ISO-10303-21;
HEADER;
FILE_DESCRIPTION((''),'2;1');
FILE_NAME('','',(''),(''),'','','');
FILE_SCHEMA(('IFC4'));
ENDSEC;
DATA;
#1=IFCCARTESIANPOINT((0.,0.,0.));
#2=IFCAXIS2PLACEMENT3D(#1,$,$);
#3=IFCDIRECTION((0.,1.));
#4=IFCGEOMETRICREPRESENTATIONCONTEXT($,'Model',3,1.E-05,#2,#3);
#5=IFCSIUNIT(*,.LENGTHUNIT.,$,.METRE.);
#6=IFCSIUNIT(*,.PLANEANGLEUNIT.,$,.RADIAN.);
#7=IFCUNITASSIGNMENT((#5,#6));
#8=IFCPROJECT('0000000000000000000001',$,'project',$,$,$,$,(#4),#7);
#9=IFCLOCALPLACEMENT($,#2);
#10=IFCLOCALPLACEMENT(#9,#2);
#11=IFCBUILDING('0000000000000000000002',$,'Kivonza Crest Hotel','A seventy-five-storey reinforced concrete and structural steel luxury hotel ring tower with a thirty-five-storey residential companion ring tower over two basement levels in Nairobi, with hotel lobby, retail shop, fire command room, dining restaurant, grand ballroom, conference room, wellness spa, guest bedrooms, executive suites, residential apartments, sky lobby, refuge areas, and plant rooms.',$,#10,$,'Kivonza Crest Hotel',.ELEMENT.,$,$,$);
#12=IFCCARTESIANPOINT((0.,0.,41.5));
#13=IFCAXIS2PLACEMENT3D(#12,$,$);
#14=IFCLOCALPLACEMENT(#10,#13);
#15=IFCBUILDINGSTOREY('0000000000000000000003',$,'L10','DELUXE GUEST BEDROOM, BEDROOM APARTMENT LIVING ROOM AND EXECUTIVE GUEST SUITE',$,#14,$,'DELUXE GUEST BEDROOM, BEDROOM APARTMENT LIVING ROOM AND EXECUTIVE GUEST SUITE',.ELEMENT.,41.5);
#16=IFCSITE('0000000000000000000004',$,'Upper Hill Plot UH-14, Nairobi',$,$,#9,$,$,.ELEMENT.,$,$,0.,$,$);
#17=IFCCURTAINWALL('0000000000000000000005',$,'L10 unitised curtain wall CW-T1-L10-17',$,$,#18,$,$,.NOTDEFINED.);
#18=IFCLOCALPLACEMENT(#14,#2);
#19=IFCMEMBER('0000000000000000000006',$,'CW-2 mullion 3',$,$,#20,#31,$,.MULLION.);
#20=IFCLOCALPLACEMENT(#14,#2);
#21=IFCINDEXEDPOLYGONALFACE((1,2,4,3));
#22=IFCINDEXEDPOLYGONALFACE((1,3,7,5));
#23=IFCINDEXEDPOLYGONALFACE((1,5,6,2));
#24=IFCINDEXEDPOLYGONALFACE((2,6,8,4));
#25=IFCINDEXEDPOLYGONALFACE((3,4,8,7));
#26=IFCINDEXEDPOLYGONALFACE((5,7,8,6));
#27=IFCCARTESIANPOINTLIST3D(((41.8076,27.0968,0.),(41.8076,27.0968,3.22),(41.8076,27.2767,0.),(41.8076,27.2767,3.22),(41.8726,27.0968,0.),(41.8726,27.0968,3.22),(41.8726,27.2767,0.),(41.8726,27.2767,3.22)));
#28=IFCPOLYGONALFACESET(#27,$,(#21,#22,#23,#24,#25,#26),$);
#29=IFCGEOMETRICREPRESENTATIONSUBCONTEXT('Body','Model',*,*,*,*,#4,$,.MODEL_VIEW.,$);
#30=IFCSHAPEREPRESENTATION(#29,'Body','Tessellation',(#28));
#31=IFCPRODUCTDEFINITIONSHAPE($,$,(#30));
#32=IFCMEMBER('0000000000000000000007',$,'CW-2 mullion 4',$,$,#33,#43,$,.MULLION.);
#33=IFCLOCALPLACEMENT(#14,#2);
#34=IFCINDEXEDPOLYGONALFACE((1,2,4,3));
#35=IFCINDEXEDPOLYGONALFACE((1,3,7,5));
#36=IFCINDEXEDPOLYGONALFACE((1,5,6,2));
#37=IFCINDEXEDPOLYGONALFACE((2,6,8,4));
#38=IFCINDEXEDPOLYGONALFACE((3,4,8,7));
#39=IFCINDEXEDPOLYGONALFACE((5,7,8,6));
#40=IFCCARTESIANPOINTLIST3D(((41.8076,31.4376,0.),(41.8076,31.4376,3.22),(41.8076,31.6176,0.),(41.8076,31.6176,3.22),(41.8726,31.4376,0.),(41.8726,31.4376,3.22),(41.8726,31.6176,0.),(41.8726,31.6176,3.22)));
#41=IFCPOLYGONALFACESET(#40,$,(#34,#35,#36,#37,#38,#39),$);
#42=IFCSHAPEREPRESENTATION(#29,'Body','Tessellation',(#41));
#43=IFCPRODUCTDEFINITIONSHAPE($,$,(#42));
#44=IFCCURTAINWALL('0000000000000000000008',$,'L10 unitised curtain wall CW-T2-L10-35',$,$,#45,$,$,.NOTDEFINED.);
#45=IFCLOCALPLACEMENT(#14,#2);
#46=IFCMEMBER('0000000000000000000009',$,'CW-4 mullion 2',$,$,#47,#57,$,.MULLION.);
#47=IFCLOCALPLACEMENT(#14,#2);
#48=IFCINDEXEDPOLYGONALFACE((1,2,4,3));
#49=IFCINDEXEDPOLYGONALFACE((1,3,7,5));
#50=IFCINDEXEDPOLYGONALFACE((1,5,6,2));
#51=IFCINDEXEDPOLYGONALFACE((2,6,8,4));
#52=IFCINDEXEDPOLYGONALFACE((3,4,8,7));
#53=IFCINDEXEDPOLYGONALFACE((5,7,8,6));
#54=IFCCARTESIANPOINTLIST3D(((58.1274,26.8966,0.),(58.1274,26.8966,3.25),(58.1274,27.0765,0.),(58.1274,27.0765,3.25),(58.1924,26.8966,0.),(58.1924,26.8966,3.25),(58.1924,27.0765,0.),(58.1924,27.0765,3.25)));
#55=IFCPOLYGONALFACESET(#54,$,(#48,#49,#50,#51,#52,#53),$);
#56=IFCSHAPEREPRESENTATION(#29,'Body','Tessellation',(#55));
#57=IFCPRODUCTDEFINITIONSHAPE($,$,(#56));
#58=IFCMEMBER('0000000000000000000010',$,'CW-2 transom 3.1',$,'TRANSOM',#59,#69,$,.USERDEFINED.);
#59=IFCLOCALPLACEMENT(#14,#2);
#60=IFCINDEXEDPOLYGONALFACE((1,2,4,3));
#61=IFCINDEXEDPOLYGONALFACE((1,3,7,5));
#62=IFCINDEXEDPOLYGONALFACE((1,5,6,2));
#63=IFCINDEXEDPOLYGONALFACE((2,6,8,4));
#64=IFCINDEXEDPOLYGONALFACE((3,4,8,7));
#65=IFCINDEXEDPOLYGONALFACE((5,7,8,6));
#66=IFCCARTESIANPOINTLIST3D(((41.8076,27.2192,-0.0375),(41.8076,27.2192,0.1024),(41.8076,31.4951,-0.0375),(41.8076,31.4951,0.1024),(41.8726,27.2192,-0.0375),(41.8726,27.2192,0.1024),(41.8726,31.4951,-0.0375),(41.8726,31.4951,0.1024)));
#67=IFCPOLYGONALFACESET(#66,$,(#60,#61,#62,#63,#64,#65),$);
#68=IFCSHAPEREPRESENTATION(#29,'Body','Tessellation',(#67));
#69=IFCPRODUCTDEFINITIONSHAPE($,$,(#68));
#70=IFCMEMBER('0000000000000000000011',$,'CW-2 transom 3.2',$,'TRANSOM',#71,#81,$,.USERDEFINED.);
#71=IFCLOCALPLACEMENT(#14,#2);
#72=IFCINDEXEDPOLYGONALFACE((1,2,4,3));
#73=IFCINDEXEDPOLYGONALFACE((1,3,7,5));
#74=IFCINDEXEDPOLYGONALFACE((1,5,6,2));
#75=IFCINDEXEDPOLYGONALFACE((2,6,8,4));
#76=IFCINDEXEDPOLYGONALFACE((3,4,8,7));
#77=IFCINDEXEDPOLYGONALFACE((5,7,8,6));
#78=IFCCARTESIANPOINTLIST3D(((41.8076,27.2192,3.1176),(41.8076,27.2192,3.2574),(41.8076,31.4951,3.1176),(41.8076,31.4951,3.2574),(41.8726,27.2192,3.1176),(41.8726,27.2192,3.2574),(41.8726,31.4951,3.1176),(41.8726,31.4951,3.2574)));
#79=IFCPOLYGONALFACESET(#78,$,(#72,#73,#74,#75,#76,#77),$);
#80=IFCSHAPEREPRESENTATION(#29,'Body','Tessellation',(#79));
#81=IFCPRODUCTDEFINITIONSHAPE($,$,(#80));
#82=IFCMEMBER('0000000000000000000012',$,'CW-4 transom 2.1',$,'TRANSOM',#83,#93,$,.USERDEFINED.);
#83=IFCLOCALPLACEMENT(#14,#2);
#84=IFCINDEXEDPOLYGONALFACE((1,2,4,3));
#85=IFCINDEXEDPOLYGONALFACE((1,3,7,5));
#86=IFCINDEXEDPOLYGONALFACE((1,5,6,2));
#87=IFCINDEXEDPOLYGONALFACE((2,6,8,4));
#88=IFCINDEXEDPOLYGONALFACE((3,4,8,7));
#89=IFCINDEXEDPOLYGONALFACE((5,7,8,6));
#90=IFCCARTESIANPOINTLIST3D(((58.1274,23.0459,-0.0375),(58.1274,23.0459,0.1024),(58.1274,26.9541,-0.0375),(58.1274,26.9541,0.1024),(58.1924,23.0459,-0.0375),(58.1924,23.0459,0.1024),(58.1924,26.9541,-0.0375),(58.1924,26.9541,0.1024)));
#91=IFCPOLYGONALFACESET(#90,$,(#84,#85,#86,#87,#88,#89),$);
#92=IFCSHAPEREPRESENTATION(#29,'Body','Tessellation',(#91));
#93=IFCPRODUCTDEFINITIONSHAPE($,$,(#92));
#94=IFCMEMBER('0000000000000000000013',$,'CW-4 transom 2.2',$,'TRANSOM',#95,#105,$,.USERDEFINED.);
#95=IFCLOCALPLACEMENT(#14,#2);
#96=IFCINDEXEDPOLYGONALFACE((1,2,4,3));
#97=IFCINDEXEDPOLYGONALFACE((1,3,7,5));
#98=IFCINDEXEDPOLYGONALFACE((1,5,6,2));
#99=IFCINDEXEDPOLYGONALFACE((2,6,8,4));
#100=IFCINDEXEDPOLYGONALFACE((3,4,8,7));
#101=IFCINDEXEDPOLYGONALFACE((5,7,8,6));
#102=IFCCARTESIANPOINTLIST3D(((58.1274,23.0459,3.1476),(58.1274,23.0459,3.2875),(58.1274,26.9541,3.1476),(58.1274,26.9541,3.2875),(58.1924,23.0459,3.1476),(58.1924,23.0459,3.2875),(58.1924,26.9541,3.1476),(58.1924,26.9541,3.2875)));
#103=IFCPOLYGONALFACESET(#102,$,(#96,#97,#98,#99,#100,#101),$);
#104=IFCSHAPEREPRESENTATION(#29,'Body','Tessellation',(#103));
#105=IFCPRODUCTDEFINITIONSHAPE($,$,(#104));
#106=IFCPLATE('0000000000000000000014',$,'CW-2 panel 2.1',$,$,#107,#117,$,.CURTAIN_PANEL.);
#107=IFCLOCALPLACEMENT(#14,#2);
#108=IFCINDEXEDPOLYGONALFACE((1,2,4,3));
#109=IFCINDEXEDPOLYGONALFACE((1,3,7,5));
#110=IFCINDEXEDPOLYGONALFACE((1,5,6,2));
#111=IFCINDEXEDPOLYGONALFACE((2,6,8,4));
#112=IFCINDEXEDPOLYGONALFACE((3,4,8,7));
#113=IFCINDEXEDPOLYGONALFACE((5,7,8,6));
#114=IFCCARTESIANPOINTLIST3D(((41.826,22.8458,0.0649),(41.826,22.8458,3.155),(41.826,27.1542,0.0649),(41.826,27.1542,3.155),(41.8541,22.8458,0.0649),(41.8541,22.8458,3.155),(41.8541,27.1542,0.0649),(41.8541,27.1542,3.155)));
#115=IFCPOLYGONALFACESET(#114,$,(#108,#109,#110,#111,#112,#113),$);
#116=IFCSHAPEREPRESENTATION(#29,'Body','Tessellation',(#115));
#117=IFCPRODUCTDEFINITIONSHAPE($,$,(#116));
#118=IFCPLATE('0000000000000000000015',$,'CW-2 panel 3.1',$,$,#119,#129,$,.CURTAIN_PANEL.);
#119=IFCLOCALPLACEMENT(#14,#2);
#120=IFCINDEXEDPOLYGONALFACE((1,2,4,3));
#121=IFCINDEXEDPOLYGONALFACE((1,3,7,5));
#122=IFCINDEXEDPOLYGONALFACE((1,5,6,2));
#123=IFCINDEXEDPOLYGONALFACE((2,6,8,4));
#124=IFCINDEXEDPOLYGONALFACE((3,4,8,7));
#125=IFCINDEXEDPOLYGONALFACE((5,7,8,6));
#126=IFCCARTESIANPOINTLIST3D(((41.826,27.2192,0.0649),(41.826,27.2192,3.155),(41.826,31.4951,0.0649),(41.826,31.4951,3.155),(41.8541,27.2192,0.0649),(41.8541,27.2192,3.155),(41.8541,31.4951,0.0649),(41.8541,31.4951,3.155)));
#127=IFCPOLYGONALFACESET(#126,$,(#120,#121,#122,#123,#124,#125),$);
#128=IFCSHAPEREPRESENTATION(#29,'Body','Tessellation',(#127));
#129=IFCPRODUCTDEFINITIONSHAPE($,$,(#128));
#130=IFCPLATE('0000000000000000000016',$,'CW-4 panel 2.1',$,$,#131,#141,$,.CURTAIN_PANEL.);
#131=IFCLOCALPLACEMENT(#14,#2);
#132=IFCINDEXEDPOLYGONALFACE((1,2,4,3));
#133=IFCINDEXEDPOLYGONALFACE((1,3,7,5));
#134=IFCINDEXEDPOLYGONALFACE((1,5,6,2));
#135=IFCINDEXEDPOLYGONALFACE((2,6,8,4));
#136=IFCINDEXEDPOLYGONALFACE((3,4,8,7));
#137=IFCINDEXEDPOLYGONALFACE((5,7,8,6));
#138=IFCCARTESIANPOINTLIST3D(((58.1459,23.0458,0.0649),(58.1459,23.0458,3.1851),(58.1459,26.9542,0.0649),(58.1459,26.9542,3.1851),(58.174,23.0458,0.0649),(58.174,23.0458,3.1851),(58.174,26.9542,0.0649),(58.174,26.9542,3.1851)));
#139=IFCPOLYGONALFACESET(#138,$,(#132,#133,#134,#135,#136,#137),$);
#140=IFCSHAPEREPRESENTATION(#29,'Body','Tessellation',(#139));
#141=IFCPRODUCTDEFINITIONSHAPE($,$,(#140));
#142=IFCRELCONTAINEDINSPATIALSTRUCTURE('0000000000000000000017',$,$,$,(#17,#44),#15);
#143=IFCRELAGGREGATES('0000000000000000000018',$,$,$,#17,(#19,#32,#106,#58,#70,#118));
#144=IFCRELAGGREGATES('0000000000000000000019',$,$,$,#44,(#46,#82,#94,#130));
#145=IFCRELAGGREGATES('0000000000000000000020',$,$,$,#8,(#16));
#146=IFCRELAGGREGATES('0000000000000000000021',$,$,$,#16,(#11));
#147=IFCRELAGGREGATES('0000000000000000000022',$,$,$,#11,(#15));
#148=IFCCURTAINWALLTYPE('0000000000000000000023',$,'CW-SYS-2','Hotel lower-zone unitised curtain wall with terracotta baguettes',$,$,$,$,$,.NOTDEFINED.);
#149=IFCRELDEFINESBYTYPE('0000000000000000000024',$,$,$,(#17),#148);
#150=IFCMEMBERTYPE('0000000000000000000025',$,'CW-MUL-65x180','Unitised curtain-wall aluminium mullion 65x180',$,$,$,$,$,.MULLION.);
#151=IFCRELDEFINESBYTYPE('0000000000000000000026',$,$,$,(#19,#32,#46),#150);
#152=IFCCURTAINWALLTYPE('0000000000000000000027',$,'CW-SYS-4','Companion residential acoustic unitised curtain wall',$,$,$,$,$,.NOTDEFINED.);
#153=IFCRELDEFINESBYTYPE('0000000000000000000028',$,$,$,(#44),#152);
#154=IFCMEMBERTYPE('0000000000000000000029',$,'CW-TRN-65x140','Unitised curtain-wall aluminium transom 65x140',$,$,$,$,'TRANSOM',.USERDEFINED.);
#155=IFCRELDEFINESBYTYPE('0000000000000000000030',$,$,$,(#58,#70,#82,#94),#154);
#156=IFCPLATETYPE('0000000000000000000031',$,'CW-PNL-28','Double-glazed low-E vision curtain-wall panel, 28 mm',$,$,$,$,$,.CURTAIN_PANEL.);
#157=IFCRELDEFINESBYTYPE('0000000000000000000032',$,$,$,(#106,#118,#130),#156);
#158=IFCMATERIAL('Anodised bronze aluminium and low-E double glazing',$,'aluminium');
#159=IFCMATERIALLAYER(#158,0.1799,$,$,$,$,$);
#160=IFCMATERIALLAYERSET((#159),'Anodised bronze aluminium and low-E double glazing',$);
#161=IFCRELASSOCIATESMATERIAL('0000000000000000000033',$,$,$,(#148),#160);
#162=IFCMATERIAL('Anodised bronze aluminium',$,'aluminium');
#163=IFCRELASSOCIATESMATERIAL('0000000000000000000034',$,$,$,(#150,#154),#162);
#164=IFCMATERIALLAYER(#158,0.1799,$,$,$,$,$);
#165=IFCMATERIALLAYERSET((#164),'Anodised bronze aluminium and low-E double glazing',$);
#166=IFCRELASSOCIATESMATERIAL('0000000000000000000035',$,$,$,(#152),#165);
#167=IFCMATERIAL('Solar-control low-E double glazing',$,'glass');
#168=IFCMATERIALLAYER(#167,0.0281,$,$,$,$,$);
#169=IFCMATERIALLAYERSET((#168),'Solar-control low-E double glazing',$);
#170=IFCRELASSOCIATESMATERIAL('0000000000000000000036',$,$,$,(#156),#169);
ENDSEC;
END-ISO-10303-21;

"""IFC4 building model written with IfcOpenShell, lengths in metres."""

from ifc_helpers import new_model, si_unit, direction, frame, origin, origin_2d, place, context, subcontext, project, spatial, rectangle, extrude, material, layer, layer_set, material_profile, profile_set, type_object, element, aggregate, save


model = new_model("IFC4")

# Units and contexts
model_context = context("Model", 3, precision=1e-05, world=origin(), true_north=direction((0.0, 1.0)))
body_context = subcontext(model_context, "Body", "Model", "MODEL_VIEW")
ifc_project = project(units=[si_unit("LENGTHUNIT", "METRE"), si_unit("PLANEANGLEUNIT", "RADIAN")], contexts=[model_context])

# Site, building, storey
site_placement = place(None, origin())
site = spatial("IfcSite", under=ifc_project, at=site_placement, Name="Upper Hill Plot UH-14, Nairobi", CompositionType="ELEMENT", RefElevation=0.0)
building_placement = place(site_placement, origin())
building = spatial("IfcBuilding", under=site, at=building_placement, Name="Kivonza Crest Hotel", Description="A seventy-five-storey reinforced concrete and structural steel luxury hotel ring tower with a thirty-five-storey residential companion ring tower over two basement levels in Nairobi, with hotel lobby, retail shop, fire command room, dining restaurant, grand ballroom, conference room, wellness spa, guest bedrooms, executive suites, residential apartments, sky lobby, refuge areas, and plant rooms.", LongName="Kivonza Crest Hotel", CompositionType="ELEMENT")
storey_placement = place(building_placement, frame((0.0, 0.0, 41.5)))
storey = spatial("IfcBuildingStorey", under=building, at=storey_placement, Name="L10", Description="DELUXE GUEST BEDROOM, BEDROOM APARTMENT LIVING ROOM AND EXECUTIVE GUEST SUITE", LongName="DELUXE GUEST BEDROOM, BEDROOM APARTMENT LIVING ROOM AND EXECUTIVE GUEST SUITE", CompositionType="ELEMENT", Elevation=41.5)

# Curtain wall, members
ifc_material_1 = material(Name="Anodised bronze aluminium and low-E double glazing", Category="aluminium")
ifc_layer_1 = layer(ifc_material_1, 0.1799)
ifc_layer_set_1 = layer_set([ifc_layer_1], Name="Anodised bronze aluminium and low-E double glazing")
curtain_wall_type_1 = type_object("IfcCurtainWallType", Name="CW-SYS-2", Description="Hotel lower-zone unitised curtain wall with terracotta baguettes", PredefinedType="NOTDEFINED", material=ifc_layer_set_1)
curtain_wall_1_placement = place(storey_placement, origin())
curtain_wall_1 = element("IfcCurtainWall", 1, at=curtain_wall_1_placement, inside=storey, type_object=curtain_wall_type_1, Name="L10 unitised curtain wall CW-T1-L10-17", PredefinedType="NOTDEFINED")
ifc_material_2 = material(Name="Anodised bronze aluminium", Category="aluminium")
ifc_material_profile_1 = material_profile(ifc_material_2, rectangle(XDim=0.0649, YDim=0.1799, at=origin_2d()), Name="CW-M 65x180")
ifc_profile_set_1 = profile_set([ifc_material_profile_1], Name="Anodised bronze aluminium")
member_type_1 = type_object("IfcMemberType", Name="CW-MUL-65x180", Description="Unitised curtain-wall aluminium mullion 65x180", PredefinedType="MULLION", material=ifc_profile_set_1)
member_1_placement = place(storey_placement, frame((41.8401, 27.1868, 0.0), z_axis=(0.0, 0.0, 1.0), x_axis=(-1.0, 0.0, 0.0)))
member_1 = element("IfcMember", 2, at=member_1_placement, type_object=member_type_1, Name="CW-2 mullion 3", PredefinedType="MULLION", context=body_context, shape_type="SweptSolid", body=[
    extrude(rectangle(XDim=0.0649, YDim=0.1799, at=origin_2d()), origin(), (0.0, 0.0, 1.0), 3.22),
])
member_2_placement = place(storey_placement, frame((41.8401, 31.5276, 0.0), z_axis=(0.0, 0.0, 1.0), x_axis=(-1.0, 0.0, 0.0)))
member_2 = element("IfcMember", 3, at=member_2_placement, type_object=member_type_1, Name="CW-2 mullion 4", PredefinedType="MULLION", context=body_context, shape_type="SweptSolid", body=[
    extrude(rectangle(XDim=0.0649, YDim=0.1799, at=origin_2d()), origin(), (0.0, 0.0, 1.0), 3.22),
])

# Curtain wall, member
ifc_layer_2 = layer(ifc_material_1, 0.1799)
ifc_layer_set_2 = layer_set([ifc_layer_2], Name="Anodised bronze aluminium and low-E double glazing")
curtain_wall_type_2 = type_object("IfcCurtainWallType", Name="CW-SYS-4", Description="Companion residential acoustic unitised curtain wall", PredefinedType="NOTDEFINED", material=ifc_layer_set_2)
curtain_wall_2_placement = place(storey_placement, origin())
curtain_wall_2 = element("IfcCurtainWall", 4, at=curtain_wall_2_placement, inside=storey, type_object=curtain_wall_type_2, Name="L10 unitised curtain wall CW-T2-L10-35", PredefinedType="NOTDEFINED")
member_3_placement = place(storey_placement, frame((58.1599, 26.9866, 0.0), z_axis=(0.0, 0.0, 1.0), x_axis=(1.0, 0.0, 0.0)))
member_3 = element("IfcMember", 5, at=member_3_placement, type_object=member_type_1, Name="CW-4 mullion 2", PredefinedType="MULLION", context=body_context, shape_type="SweptSolid", body=[
    extrude(rectangle(XDim=0.0649, YDim=0.1799, at=origin_2d()), origin(), (0.0, 0.0, 1.0), 3.25),
])

# Members
ifc_material_profile_2 = material_profile(ifc_material_2, rectangle(XDim=0.0649, YDim=0.1399, at=origin_2d()), Name="CW-T 65x140")
ifc_profile_set_2 = profile_set([ifc_material_profile_2], Name="Anodised bronze aluminium")
member_type_2 = type_object("IfcMemberType", Name="CW-TRN-65x140", Description="Unitised curtain-wall aluminium transom 65x140", ElementType="TRANSOM", PredefinedType="USERDEFINED", material=ifc_profile_set_2)
member_4_placement = place(storey_placement, frame((41.8401, 27.2192, 0.0325), z_axis=(0.0, 1.0, 0.0), x_axis=(-1.0, 0.0, 0.0)))
member_4 = element("IfcMember", 6, at=member_4_placement, type_object=member_type_2, Name="CW-2 transom 3.1", ObjectType="TRANSOM", PredefinedType="USERDEFINED", context=body_context, shape_type="SweptSolid", body=[
    extrude(rectangle(XDim=0.0649, YDim=0.1399, at=origin_2d()), origin(), (0.0, 0.0, 1.0), 4.2759),
])
member_5_placement = place(storey_placement, frame((41.8401, 27.2192, 3.1875), z_axis=(0.0, 1.0, 0.0), x_axis=(-1.0, 0.0, 0.0)))
member_5 = element("IfcMember", 7, at=member_5_placement, type_object=member_type_2, Name="CW-2 transom 3.2", ObjectType="TRANSOM", PredefinedType="USERDEFINED", context=body_context, shape_type="SweptSolid", body=[
    extrude(rectangle(XDim=0.0649, YDim=0.1399, at=origin_2d()), origin(), (0.0, 0.0, 1.0), 4.2759),
])
member_6_placement = place(storey_placement, frame((58.1599, 26.9541, 0.0325), z_axis=(0.0, -1.0, 0.0), x_axis=(1.0, 0.0, 0.0)))
member_6 = element("IfcMember", 8, at=member_6_placement, type_object=member_type_2, Name="CW-4 transom 2.1", ObjectType="TRANSOM", PredefinedType="USERDEFINED", context=body_context, shape_type="SweptSolid", body=[
    extrude(rectangle(XDim=0.0649, YDim=0.1399, at=origin_2d()), origin(), (0.0, 0.0, 1.0), 3.9082),
])
member_7_placement = place(storey_placement, frame((58.1599, 26.9541, 3.2175), z_axis=(0.0, -1.0, 0.0), x_axis=(1.0, 0.0, 0.0)))
member_7 = element("IfcMember", 9, at=member_7_placement, type_object=member_type_2, Name="CW-4 transom 2.2", ObjectType="TRANSOM", PredefinedType="USERDEFINED", context=body_context, shape_type="SweptSolid", body=[
    extrude(rectangle(XDim=0.0649, YDim=0.1399, at=origin_2d()), origin(), (0.0, 0.0, 1.0), 3.9082),
])

# Plates
ifc_material_3 = material(Name="Solar-control low-E double glazing", Category="glass")
ifc_layer_3 = layer(ifc_material_3, 0.0281)
ifc_layer_set_3 = layer_set([ifc_layer_3], Name="Solar-control low-E double glazing")
plate_type = type_object("IfcPlateType", Name="CW-PNL-28", Description="Double-glazed low-E vision curtain-wall panel, 28 mm", PredefinedType="CURTAIN_PANEL", material=ifc_layer_set_3)
plate_1_placement = place(storey_placement, frame((41.8401, 25.0, 0.0649), z_axis=(0.0, 0.0, 1.0), x_axis=(0.0, 1.0, 0.0)))
plate_1 = element("IfcPlate", 10, at=plate_1_placement, type_object=plate_type, Name="CW-2 panel 2.1", PredefinedType="CURTAIN_PANEL", context=body_context, shape_type="SweptSolid", body=[
    extrude(rectangle(XDim=4.3083, YDim=0.0281, at=origin_2d()), origin(), (0.0, 0.0, 1.0), 3.0901),
])
plate_2_placement = place(storey_placement, frame((41.8401, 29.3572, 0.0649), z_axis=(0.0, 0.0, 1.0), x_axis=(0.0, 1.0, 0.0)))
plate_2 = element("IfcPlate", 11, at=plate_2_placement, type_object=plate_type, Name="CW-2 panel 3.1", PredefinedType="CURTAIN_PANEL", context=body_context, shape_type="SweptSolid", body=[
    extrude(rectangle(XDim=4.2759, YDim=0.0281, at=origin_2d()), origin(), (0.0, 0.0, 1.0), 3.0901),
])
aggregate(curtain_wall_1, [member_1, member_2, plate_1, member_4, member_5, plate_2])
plate_3_placement = place(storey_placement, frame((58.1599, 25.0, 0.0649), z_axis=(0.0, 0.0, 1.0), x_axis=(0.0, -1.0, 0.0)))
plate_3 = element("IfcPlate", 12, at=plate_3_placement, type_object=plate_type, Name="CW-4 panel 2.1", PredefinedType="CURTAIN_PANEL", context=body_context, shape_type="SweptSolid", body=[
    extrude(rectangle(XDim=3.9084, YDim=0.0281, at=origin_2d()), origin(), (0.0, 0.0, 1.0), 3.1201),
])
aggregate(curtain_wall_2, [member_3, member_6, member_7, plate_3])

save(model, "model.ifc")
